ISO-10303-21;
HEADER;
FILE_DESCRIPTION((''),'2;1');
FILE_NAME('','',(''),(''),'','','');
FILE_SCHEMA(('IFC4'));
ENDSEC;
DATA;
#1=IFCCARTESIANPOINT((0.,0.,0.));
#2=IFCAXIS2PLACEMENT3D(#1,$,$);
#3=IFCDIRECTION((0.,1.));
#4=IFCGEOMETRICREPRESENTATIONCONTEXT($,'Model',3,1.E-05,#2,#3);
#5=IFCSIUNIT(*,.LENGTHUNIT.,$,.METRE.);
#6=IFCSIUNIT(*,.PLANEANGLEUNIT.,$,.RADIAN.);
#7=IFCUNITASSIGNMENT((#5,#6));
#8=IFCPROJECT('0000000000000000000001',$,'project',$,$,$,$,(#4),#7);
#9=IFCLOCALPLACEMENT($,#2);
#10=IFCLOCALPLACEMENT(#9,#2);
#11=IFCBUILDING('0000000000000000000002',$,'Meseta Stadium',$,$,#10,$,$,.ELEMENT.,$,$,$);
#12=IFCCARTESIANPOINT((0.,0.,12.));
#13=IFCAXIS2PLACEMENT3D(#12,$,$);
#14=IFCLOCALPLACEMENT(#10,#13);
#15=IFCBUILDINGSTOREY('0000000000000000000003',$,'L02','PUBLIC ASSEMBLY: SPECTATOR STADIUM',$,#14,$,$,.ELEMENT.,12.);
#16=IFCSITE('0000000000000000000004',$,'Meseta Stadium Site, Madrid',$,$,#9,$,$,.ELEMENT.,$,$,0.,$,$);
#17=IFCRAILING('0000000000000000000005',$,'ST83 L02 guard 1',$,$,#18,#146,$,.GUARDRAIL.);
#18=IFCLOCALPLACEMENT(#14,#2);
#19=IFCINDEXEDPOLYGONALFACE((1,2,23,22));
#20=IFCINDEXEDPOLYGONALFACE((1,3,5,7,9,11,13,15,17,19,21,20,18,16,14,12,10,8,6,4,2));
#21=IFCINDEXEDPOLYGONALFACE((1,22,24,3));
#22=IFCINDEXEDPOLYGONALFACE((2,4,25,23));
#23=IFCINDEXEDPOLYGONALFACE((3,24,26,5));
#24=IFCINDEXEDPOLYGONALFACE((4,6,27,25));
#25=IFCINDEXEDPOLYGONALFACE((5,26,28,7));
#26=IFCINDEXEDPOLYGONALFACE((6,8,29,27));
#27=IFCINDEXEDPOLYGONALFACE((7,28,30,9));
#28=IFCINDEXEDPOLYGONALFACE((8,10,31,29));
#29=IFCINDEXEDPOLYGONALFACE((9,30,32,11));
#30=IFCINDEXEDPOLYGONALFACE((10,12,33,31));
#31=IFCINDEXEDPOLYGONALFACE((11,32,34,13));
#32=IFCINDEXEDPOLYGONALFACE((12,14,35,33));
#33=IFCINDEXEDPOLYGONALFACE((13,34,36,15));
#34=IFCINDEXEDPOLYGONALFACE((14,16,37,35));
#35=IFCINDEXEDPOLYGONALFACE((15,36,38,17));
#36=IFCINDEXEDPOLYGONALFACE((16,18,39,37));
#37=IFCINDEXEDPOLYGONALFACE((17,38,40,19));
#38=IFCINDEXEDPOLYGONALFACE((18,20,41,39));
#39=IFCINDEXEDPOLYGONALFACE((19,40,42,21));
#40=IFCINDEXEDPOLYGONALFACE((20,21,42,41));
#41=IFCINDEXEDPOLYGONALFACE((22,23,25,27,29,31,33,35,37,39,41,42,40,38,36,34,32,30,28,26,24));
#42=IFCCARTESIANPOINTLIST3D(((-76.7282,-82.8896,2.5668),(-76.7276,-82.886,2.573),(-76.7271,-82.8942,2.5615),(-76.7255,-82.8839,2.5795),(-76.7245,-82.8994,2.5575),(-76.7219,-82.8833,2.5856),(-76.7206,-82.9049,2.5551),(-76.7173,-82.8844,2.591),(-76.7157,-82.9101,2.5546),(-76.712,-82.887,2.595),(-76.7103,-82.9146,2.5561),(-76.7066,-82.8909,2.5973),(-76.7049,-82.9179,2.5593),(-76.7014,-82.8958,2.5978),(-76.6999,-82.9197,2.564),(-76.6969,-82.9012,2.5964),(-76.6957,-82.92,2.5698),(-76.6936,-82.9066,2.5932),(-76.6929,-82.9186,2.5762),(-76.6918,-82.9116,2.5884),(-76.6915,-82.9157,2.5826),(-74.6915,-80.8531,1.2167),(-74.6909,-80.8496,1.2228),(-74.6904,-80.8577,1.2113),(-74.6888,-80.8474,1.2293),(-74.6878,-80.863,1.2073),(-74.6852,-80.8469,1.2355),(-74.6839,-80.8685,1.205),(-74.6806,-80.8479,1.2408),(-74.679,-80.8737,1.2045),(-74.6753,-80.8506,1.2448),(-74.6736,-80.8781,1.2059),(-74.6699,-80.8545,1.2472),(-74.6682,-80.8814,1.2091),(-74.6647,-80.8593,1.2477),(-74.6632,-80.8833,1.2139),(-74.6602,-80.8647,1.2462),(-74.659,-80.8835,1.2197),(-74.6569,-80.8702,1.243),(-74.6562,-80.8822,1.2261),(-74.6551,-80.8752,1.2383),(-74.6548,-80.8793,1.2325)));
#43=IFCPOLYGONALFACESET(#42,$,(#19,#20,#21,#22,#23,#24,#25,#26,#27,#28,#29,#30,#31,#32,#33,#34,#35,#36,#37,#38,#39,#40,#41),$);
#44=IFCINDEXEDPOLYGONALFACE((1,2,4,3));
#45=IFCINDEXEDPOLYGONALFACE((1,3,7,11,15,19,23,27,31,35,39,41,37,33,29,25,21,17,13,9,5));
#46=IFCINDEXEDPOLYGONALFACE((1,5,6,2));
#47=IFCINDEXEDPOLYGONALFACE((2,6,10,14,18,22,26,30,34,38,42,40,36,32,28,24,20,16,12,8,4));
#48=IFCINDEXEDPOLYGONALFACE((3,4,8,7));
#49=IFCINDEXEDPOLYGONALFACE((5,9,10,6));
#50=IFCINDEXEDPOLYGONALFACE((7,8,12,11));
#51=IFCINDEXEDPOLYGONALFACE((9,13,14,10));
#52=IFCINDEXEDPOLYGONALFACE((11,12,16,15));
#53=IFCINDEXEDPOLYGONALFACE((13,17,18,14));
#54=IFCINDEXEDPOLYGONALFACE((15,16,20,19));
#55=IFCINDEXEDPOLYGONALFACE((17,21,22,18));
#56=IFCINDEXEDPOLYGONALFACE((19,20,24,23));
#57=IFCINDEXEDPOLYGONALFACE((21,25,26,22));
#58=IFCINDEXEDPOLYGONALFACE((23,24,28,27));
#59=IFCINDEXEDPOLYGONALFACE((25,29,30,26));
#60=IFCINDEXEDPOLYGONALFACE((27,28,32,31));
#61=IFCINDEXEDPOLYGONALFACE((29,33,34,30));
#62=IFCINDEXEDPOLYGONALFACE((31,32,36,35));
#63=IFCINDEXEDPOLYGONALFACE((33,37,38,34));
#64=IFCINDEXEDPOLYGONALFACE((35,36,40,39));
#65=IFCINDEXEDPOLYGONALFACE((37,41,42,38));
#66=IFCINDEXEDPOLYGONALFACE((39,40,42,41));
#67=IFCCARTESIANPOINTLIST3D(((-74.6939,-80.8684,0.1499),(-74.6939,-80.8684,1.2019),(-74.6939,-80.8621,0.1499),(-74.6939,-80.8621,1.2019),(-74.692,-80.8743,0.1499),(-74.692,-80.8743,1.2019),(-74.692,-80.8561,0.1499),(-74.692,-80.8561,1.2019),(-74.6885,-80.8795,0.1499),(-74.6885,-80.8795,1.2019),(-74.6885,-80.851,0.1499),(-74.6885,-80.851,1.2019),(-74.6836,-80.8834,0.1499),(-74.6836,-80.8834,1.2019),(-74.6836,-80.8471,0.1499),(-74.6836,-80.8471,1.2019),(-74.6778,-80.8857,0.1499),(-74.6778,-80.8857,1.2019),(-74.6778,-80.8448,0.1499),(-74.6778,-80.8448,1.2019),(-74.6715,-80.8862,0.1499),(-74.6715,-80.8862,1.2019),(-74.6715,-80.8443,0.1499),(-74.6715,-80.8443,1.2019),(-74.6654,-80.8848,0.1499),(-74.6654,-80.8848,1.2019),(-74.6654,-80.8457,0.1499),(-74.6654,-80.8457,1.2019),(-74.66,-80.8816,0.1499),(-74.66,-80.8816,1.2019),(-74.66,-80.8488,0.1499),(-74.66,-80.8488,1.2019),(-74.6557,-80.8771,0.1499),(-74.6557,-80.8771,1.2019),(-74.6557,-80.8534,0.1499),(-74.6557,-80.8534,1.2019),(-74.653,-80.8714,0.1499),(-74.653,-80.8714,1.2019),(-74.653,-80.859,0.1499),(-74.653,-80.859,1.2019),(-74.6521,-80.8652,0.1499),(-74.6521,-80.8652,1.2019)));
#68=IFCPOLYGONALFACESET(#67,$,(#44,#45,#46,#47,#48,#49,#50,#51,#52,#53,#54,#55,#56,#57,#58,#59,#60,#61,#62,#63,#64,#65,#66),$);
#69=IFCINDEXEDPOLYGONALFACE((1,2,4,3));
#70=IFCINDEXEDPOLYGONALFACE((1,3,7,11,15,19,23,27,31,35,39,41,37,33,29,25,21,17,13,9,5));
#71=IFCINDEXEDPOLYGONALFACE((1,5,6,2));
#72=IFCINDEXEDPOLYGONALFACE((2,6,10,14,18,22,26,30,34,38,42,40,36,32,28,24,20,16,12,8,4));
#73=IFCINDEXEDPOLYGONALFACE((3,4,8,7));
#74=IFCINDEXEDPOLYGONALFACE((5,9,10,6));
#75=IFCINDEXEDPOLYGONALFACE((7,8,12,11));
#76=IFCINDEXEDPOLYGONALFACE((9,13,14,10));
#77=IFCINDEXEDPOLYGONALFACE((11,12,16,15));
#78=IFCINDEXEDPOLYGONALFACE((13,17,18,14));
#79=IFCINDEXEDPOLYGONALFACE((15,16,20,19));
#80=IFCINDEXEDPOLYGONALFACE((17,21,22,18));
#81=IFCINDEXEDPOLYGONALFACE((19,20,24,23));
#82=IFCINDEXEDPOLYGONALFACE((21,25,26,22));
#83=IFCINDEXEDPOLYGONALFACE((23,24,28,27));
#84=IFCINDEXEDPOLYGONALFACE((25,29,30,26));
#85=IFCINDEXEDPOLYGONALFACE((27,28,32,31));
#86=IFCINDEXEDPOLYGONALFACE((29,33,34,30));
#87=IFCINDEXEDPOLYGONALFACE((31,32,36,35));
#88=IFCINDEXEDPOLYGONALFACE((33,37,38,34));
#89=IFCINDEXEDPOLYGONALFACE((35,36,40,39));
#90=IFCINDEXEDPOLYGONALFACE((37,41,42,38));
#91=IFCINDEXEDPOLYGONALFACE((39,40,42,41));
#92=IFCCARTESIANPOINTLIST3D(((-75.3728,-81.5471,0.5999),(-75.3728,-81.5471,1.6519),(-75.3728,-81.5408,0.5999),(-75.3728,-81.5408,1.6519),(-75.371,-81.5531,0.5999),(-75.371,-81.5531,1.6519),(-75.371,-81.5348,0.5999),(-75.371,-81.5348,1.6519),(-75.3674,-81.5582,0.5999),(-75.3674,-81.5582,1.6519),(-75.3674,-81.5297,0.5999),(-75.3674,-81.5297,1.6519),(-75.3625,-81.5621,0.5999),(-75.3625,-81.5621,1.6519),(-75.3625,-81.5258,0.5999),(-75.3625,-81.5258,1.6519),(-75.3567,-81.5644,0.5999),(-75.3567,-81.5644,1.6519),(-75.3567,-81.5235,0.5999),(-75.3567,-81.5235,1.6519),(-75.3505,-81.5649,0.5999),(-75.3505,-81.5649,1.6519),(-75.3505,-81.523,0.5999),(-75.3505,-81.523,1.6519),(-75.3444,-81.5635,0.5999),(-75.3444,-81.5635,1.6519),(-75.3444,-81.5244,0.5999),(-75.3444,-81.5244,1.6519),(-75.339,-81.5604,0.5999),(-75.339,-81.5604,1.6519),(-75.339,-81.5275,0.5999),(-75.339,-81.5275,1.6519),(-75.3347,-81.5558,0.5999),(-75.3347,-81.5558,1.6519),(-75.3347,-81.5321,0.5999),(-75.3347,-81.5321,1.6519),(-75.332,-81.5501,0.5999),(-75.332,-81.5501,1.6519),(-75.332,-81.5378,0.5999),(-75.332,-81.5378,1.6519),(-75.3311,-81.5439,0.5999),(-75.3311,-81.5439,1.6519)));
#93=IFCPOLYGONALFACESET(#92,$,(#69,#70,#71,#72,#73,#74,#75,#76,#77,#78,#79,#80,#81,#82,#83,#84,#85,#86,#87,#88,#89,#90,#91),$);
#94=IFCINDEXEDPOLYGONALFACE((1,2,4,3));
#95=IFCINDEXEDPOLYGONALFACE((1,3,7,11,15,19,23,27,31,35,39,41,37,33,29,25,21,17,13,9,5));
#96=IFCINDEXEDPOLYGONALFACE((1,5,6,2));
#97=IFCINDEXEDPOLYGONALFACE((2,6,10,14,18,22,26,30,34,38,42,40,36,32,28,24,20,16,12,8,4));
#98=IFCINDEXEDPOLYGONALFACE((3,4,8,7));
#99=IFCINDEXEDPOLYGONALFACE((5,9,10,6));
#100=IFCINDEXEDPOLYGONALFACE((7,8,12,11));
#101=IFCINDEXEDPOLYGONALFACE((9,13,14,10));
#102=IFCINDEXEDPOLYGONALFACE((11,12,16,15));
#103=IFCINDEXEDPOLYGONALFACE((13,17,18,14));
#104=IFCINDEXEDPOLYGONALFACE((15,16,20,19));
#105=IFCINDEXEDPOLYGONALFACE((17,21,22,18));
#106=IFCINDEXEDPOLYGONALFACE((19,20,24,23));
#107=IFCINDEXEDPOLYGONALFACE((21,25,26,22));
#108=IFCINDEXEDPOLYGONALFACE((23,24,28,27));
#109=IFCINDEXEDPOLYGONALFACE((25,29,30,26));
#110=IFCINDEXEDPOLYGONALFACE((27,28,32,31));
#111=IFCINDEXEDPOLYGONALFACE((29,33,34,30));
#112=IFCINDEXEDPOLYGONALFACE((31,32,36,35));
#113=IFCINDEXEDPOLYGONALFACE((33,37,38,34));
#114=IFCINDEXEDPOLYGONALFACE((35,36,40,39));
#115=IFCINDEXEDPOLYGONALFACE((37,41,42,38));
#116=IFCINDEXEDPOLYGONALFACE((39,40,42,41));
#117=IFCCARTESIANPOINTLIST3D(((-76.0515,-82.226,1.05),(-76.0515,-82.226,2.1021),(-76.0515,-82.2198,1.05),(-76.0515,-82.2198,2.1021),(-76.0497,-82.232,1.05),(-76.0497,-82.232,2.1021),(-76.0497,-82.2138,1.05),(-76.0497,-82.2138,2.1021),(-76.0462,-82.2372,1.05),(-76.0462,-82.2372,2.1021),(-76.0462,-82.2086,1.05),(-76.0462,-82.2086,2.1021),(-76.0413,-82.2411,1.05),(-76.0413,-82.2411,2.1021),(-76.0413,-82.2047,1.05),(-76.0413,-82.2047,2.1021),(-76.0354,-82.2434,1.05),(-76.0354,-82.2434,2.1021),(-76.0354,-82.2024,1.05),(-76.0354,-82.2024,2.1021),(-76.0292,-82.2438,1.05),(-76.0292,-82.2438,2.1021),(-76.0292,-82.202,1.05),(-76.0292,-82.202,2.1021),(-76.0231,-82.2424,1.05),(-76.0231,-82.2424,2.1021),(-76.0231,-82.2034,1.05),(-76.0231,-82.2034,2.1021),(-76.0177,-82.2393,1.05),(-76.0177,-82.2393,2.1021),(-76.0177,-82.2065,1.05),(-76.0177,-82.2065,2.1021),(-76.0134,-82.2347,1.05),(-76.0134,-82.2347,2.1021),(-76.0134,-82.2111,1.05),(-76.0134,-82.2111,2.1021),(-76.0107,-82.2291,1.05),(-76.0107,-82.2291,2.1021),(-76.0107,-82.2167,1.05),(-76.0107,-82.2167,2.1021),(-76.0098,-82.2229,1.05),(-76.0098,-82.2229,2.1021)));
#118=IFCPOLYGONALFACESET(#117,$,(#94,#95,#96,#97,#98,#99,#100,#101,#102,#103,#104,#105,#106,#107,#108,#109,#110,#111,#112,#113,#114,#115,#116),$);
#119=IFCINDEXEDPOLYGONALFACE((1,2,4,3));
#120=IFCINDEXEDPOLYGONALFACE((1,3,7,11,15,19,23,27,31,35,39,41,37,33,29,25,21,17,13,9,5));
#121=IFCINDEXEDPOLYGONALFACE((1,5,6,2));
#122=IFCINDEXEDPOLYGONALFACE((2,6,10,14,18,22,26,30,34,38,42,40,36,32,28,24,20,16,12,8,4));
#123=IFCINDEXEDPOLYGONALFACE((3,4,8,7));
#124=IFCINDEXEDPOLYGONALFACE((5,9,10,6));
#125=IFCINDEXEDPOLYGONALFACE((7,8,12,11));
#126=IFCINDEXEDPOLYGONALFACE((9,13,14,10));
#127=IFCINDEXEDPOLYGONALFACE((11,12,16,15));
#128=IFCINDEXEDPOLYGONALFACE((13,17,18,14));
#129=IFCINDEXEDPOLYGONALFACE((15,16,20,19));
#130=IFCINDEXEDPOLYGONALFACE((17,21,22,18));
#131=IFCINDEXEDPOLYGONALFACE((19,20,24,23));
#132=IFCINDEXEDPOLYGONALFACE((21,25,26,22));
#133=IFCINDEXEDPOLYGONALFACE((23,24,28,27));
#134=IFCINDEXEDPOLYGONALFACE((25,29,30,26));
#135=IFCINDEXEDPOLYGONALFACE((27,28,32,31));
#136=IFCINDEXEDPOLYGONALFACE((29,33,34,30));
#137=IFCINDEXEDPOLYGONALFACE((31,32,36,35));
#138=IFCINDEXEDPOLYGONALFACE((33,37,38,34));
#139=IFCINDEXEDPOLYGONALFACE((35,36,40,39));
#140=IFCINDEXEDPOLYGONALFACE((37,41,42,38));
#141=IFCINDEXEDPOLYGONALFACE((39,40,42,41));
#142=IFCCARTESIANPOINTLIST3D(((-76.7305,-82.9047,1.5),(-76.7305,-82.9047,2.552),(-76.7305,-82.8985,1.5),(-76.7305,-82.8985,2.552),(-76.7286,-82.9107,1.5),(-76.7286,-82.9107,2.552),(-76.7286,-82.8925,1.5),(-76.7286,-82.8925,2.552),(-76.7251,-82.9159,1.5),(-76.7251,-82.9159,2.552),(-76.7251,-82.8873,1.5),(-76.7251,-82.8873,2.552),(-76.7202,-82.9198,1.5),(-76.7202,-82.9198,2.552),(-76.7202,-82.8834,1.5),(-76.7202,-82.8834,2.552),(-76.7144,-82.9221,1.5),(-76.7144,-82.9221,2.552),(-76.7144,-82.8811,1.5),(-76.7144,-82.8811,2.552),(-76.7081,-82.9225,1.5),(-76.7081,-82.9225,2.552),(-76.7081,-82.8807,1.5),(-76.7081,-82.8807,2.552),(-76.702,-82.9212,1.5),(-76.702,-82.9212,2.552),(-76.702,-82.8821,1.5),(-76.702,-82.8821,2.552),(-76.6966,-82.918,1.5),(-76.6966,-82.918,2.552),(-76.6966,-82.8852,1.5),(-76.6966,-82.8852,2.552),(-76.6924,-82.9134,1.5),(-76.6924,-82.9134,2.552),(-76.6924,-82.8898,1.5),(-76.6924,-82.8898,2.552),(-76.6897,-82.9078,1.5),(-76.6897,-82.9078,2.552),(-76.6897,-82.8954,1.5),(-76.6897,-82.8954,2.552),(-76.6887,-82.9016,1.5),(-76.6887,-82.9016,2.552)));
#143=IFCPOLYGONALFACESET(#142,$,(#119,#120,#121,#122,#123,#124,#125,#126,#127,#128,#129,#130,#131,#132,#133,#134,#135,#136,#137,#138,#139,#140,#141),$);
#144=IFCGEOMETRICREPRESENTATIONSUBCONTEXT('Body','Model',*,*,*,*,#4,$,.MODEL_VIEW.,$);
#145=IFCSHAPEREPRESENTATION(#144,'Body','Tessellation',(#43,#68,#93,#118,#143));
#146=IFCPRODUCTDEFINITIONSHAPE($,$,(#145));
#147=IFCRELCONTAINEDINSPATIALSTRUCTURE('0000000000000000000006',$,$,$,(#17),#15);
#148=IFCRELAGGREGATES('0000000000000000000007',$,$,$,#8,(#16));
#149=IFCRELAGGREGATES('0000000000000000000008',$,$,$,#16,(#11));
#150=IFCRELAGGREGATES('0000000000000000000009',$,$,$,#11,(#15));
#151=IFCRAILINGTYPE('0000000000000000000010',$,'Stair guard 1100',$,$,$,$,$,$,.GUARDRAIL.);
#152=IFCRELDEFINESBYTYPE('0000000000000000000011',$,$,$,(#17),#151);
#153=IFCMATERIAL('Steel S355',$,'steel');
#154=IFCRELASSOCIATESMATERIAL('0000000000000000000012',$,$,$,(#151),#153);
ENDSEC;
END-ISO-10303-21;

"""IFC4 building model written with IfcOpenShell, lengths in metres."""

from ifc_helpers import new_model, si_unit, direction, frame, origin, origin_2d, place, context, subcontext, project, spatial, circle, extrude, material, type_object, element, save


model = new_model("IFC4")

# Units and contexts
model_context = context("Model", 3, precision=1e-05, world=origin(), true_north=direction((0.0, 1.0)))
body_context = subcontext(model_context, "Body", "Model", "MODEL_VIEW")
ifc_project = project(units=[si_unit("LENGTHUNIT", "METRE"), si_unit("PLANEANGLEUNIT", "RADIAN")], contexts=[model_context])

# Site, building, storey
site_placement = place(None, origin())
site = spatial("IfcSite", under=ifc_project, at=site_placement, Name="Meseta Stadium Site, Madrid", CompositionType="ELEMENT", RefElevation=0.0)
building_placement = place(site_placement, origin())
building = spatial("IfcBuilding", under=site, at=building_placement, Name="Meseta Stadium", CompositionType="ELEMENT")
storey_placement = place(building_placement, frame((0.0, 0.0, 12.0)))
storey = spatial("IfcBuildingStorey", under=building, at=storey_placement, Name="L02", Description="PUBLIC ASSEMBLY: SPECTATOR STADIUM", CompositionType="ELEMENT", Elevation=12.0)

# Railing
ifc_material_1 = material(Name="Steel S355", Category="steel")
railing_type_1 = type_object("IfcRailingType", Name="Stair guard 1100", PredefinedType="GUARDRAIL", material=ifc_material_1)
railing_1_placement = place(storey_placement, frame((-74.6731, -80.8652, 0.1499)))
element("IfcRailing", 1, at=railing_1_placement, inside=storey, type_object=railing_type_1, Name="ST83 L02 guard 1", PredefinedType="GUARDRAIL", context=body_context, shape_type="SweptSolid", body=[
    extrude(circle(Radius=0.0239, at=origin_2d()), frame((0.0, 0.0, 1.0762), z_axis=(-0.640288, -0.640211, 0.424454), x_axis=(0.707064, -0.707149, 0.0)), (0.0, 0.0, 1.0), 3.1809),
    extrude(circle(Radius=0.021, at=origin_2d()), origin(), (0.0, 0.0, 1.0), 1.052),
    extrude(circle(Radius=0.021, at=origin_2d()), frame((-0.679, -0.6787, 0.45)), (0.0, 0.0, 1.0), 1.052),
    extrude(circle(Radius=0.021, at=origin_2d()), frame((-1.3577, -1.3577, 0.9001)), (0.0, 0.0, 1.0), 1.052),
    extrude(circle(Radius=0.021, at=origin_2d()), frame((-2.0366, -2.0364, 1.3501)), (0.0, 0.0, 1.0), 1.052),
])

save(model, "model.ifc")
